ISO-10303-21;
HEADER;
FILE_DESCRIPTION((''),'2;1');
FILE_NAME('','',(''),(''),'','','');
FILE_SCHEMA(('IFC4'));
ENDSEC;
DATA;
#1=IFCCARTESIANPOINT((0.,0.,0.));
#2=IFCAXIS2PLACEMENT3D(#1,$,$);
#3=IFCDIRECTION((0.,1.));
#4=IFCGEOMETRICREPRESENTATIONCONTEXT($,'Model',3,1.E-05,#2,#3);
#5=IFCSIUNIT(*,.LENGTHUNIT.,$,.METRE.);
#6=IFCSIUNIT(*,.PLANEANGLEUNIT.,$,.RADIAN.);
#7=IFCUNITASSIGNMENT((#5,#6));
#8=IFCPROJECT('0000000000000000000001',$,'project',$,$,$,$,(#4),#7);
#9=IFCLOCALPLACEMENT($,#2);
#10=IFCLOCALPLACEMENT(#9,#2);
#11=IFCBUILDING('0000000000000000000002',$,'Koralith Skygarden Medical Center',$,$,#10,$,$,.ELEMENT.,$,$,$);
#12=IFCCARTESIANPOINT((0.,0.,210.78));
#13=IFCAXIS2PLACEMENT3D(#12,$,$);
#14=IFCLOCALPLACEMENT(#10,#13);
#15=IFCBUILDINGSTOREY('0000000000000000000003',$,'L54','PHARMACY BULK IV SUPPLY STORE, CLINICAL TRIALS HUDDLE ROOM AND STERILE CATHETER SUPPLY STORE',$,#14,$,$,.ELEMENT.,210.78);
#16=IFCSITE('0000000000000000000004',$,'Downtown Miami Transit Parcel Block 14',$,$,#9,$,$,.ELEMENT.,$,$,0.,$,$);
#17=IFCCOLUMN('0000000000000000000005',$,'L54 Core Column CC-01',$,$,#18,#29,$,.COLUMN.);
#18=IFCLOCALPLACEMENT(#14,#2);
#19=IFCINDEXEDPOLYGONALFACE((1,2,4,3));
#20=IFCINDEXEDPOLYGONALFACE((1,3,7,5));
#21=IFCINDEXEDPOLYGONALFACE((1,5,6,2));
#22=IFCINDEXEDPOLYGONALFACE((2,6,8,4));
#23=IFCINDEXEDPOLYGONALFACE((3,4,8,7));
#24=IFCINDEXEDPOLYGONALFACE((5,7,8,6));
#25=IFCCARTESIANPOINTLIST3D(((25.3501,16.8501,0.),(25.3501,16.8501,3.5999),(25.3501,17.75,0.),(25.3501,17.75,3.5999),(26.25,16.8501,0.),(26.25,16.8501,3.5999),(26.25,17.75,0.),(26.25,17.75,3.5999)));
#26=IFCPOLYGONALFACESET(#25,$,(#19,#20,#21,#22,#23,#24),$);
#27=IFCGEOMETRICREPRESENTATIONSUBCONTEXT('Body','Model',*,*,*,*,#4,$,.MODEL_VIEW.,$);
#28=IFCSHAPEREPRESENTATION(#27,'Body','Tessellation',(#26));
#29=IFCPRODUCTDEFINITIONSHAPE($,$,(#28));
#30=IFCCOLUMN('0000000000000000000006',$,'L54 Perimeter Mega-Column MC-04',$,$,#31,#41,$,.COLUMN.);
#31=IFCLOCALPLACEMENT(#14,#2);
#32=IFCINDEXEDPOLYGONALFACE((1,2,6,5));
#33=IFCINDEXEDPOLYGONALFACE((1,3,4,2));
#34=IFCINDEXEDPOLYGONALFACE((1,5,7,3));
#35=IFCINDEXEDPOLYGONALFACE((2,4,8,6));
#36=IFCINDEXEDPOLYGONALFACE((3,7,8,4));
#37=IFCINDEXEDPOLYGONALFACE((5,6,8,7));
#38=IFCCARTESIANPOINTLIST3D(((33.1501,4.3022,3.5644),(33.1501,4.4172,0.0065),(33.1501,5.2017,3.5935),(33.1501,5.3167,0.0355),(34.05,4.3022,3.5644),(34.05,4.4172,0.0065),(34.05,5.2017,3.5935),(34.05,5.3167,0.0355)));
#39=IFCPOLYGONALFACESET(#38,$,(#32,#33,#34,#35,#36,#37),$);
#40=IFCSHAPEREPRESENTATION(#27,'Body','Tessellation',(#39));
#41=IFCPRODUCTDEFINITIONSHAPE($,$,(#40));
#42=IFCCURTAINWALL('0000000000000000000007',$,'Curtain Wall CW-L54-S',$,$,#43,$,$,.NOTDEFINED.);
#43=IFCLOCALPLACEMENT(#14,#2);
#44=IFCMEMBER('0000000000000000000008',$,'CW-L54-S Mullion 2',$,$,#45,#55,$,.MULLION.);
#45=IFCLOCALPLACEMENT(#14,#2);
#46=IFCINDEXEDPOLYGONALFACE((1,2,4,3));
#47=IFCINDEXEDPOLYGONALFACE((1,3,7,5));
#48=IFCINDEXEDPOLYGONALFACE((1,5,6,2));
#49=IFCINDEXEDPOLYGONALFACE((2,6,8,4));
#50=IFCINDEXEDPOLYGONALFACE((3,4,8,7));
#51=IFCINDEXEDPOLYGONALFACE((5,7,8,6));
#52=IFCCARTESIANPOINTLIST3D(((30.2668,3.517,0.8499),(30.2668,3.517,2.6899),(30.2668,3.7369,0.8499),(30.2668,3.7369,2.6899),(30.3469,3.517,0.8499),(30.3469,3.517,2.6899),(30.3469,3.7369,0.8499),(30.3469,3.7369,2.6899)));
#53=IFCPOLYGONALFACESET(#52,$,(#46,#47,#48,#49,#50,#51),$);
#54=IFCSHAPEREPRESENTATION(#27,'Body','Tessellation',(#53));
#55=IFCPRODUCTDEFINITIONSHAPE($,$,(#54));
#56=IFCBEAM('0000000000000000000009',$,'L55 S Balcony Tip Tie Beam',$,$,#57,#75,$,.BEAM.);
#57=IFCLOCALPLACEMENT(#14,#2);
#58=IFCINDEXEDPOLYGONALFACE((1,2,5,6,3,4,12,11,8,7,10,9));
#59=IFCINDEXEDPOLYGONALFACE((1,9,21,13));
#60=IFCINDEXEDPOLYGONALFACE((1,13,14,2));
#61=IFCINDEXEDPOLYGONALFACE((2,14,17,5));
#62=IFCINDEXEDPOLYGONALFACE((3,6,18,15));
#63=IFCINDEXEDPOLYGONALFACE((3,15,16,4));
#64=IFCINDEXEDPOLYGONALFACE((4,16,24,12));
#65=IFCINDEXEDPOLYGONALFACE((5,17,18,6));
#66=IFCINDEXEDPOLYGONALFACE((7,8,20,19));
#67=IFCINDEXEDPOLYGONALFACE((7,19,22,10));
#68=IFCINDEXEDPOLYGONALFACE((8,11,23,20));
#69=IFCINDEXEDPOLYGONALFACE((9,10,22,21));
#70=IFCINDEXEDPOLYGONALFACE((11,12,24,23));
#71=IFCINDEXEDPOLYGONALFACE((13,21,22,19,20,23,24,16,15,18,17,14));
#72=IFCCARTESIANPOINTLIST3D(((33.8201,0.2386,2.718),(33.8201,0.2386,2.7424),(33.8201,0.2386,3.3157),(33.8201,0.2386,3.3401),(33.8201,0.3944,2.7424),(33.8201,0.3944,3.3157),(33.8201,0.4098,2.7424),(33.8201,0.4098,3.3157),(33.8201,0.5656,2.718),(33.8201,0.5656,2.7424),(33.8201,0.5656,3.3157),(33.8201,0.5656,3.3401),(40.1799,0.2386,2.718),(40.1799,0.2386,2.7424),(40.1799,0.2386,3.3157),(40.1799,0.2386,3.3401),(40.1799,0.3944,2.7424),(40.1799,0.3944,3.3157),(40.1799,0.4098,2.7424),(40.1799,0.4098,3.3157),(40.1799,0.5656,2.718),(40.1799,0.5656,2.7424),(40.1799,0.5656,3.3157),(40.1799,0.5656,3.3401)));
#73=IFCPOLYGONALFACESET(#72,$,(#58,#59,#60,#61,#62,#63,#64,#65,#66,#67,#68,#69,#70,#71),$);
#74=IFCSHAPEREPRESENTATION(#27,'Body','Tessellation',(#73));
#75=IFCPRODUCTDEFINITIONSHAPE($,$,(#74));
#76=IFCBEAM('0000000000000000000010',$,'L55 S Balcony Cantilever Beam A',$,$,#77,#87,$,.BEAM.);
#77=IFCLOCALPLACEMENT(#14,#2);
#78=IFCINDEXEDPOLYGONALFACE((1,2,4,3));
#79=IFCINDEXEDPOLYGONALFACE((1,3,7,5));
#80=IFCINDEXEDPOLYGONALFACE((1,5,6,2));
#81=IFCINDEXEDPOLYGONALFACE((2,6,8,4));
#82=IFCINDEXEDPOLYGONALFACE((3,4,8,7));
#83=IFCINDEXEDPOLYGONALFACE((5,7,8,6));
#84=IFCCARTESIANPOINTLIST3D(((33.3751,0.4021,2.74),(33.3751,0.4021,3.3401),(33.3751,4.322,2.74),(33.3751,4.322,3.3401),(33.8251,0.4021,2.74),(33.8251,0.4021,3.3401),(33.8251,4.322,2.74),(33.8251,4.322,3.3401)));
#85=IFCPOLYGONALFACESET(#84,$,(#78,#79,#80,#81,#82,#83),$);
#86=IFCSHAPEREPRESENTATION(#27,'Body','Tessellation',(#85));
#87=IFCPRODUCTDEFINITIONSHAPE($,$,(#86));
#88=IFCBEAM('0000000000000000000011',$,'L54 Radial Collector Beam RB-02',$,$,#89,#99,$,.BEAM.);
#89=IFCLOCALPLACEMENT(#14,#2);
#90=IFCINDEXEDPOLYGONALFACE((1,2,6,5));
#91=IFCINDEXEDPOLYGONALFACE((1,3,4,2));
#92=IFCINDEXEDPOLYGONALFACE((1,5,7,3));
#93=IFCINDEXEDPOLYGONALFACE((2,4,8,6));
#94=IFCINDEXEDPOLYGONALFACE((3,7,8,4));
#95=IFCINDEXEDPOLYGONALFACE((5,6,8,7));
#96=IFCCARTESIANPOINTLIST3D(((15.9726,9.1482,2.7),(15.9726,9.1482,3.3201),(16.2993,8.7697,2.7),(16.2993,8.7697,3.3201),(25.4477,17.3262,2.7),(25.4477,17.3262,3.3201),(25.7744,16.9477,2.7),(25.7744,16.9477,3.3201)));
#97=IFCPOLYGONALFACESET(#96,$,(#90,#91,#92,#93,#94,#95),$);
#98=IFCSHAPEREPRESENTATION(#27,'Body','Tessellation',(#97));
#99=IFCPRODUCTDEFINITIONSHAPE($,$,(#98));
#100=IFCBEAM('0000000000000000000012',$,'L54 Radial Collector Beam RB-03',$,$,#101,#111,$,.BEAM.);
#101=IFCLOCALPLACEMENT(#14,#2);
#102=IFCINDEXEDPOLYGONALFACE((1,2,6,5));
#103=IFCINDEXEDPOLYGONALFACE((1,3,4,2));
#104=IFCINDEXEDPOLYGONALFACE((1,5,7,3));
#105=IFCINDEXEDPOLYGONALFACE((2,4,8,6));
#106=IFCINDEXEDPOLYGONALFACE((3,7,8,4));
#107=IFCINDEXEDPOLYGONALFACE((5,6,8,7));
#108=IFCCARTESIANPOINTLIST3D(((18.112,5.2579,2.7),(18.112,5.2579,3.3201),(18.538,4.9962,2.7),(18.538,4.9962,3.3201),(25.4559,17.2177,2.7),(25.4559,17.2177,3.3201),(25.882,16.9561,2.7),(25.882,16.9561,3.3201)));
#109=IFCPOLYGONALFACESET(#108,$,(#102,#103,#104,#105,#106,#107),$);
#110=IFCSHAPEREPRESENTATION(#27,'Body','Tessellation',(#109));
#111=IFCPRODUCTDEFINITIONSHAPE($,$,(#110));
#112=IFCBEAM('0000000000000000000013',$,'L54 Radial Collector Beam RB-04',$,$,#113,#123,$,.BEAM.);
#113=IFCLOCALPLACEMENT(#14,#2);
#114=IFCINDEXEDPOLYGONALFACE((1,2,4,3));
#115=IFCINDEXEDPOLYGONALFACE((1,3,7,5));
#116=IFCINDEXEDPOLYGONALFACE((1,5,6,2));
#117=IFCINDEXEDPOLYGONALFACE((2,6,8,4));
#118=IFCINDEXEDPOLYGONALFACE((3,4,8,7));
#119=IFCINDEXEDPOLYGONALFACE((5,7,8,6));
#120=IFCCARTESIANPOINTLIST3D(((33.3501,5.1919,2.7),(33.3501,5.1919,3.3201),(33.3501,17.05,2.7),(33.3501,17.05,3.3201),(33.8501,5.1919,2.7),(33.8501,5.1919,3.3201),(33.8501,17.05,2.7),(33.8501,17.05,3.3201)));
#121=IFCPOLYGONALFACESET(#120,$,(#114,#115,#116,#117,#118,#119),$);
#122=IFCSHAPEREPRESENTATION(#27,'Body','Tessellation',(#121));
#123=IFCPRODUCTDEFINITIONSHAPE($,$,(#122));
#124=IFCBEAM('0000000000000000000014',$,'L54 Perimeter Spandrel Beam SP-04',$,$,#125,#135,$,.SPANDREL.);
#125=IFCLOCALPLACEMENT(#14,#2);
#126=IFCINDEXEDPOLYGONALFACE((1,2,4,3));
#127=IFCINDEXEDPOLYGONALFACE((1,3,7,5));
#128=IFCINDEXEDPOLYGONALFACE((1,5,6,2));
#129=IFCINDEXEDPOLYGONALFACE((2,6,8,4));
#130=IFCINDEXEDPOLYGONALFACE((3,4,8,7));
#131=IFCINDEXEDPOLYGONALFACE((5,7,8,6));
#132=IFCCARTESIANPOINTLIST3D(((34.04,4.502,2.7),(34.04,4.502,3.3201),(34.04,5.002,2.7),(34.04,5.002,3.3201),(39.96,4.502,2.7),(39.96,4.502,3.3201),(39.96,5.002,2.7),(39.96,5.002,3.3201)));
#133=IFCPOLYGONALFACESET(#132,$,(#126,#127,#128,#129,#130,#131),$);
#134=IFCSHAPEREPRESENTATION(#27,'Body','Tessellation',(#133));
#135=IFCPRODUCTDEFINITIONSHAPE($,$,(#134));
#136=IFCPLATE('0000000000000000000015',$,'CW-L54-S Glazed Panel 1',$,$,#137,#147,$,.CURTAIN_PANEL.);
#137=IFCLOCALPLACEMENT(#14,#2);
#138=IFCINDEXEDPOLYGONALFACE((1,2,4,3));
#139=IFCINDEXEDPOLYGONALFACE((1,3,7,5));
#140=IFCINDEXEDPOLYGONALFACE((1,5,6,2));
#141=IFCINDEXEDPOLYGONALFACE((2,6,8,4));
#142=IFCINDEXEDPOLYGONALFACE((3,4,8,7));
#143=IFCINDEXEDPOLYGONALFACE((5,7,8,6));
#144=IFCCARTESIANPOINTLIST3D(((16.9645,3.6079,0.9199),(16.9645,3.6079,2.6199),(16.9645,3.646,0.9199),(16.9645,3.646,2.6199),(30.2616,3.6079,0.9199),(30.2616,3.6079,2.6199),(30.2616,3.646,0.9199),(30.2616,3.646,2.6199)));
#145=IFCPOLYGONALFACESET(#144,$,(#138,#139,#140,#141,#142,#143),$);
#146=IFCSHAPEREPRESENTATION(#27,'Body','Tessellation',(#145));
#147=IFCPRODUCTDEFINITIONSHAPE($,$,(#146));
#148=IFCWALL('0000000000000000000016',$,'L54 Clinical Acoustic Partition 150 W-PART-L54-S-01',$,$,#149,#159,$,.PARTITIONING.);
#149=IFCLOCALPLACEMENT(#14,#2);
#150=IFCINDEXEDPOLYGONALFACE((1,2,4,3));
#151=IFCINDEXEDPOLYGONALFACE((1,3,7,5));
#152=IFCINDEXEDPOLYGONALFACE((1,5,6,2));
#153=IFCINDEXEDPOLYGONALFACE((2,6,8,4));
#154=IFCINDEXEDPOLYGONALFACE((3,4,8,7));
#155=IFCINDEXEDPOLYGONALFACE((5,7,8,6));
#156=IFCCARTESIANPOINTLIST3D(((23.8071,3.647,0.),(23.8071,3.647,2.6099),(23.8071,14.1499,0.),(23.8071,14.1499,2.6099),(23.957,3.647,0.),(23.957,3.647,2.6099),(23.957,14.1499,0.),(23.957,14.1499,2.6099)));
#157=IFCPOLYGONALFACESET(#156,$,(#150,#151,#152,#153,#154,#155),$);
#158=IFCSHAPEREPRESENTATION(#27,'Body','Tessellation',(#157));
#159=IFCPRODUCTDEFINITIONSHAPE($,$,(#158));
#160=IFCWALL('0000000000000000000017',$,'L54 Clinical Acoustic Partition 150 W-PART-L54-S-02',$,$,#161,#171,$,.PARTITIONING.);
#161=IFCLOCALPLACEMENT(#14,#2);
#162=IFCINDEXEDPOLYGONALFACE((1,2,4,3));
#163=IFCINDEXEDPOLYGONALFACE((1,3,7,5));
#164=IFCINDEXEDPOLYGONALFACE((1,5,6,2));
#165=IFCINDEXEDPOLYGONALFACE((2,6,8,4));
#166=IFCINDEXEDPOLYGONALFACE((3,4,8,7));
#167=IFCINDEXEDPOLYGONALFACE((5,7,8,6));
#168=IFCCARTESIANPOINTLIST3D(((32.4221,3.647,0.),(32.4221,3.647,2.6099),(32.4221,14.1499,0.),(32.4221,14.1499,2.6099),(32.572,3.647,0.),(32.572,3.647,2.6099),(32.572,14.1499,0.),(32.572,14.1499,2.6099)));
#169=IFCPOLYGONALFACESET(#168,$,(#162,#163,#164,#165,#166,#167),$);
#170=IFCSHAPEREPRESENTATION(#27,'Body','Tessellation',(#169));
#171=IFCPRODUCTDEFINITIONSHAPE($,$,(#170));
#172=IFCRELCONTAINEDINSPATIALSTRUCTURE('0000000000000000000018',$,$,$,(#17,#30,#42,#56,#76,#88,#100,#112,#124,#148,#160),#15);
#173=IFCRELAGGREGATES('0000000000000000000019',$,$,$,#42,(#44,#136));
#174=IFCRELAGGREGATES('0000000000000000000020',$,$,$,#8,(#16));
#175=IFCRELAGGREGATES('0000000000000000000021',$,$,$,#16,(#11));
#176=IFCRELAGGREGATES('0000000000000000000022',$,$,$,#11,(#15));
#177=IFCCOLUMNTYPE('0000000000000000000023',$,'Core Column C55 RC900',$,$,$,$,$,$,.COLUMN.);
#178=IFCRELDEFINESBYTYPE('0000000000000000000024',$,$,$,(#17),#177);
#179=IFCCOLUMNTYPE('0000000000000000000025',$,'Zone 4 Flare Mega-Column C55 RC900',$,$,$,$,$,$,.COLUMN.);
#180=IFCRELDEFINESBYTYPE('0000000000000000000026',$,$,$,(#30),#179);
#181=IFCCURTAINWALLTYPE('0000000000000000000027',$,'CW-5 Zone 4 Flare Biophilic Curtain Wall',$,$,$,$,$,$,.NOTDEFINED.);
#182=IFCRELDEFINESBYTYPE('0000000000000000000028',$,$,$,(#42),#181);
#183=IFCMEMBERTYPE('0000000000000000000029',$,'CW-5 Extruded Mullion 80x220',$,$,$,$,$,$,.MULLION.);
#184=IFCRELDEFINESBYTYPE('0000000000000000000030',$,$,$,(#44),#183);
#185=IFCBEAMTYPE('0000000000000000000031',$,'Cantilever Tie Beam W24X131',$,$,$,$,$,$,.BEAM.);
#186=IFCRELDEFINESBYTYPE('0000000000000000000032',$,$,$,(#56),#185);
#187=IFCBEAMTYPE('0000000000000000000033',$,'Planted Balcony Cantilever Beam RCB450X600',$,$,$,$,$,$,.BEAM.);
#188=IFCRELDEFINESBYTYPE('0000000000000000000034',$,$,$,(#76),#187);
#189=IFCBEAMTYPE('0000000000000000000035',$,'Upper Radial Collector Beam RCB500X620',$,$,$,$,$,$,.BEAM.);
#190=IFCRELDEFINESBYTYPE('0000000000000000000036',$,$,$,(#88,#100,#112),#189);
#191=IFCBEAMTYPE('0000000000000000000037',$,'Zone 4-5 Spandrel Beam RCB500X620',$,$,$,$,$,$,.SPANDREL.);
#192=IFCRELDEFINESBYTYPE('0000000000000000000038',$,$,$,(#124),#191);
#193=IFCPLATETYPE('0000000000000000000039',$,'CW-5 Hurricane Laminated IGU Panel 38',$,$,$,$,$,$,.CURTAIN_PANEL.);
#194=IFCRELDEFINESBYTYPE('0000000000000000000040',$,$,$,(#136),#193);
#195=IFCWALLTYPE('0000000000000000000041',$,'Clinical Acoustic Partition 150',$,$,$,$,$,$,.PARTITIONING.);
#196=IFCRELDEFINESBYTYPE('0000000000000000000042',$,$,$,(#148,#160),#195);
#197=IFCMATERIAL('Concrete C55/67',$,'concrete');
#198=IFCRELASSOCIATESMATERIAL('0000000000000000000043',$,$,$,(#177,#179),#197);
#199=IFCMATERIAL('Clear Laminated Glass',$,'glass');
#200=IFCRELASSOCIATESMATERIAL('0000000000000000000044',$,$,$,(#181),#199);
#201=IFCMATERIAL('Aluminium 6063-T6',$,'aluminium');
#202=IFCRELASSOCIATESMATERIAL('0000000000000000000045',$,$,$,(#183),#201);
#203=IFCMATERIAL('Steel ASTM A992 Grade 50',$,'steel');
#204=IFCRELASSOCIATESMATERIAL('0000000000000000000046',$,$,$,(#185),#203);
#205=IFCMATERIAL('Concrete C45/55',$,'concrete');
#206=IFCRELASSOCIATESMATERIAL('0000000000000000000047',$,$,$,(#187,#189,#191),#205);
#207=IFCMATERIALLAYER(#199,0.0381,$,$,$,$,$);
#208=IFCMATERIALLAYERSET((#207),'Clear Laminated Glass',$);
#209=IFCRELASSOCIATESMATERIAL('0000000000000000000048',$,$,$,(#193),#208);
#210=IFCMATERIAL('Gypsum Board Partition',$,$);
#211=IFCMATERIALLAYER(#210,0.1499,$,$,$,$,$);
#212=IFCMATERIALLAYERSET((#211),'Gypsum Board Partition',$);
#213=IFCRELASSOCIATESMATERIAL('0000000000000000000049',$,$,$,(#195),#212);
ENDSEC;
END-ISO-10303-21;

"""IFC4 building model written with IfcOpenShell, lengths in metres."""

from ifc_helpers import new_model, si_unit, direction, frame, frame_2d, origin, origin_2d, place, context, subcontext, project, spatial, rectangle, i_section, extrude, material, layer, layer_set, material_profile, profile_set, type_object, element, aggregate, save


model = new_model("IFC4")

# Units and contexts
model_context = context("Model", 3, precision=1e-05, world=origin(), true_north=direction((0.0, 1.0)))
body_context = subcontext(model_context, "Body", "Model", "MODEL_VIEW")
ifc_project = project(units=[si_unit("LENGTHUNIT", "METRE"), si_unit("PLANEANGLEUNIT", "RADIAN")], contexts=[model_context])

# Site, building, storey
site_placement = place(None, origin())
site = spatial("IfcSite", under=ifc_project, at=site_placement, Name="Downtown Miami Transit Parcel Block 14", CompositionType="ELEMENT", RefElevation=0.0)
building_placement = place(site_placement, origin())
building = spatial("IfcBuilding", under=site, at=building_placement, Name="Koralith Skygarden Medical Center", CompositionType="ELEMENT")
storey_placement = place(building_placement, frame((0.0, 0.0, 210.78)))
storey = spatial("IfcBuildingStorey", under=building, at=storey_placement, Name="L54", Description="PHARMACY BULK IV SUPPLY STORE, CLINICAL TRIALS HUDDLE ROOM AND STERILE CATHETER SUPPLY STORE", CompositionType="ELEMENT", Elevation=210.78)

# Columns
ifc_material_1 = material(Name="Concrete C55/67", Category="concrete")
ifc_material_profile_1 = material_profile(ifc_material_1, rectangle(XDim=0.8999, YDim=0.8999, at=origin_2d()), Name="RC900X900")
ifc_profile_set_1 = profile_set([ifc_material_profile_1], Name="Concrete C55/67")
column_type_1 = type_object("IfcColumnType", Name="Core Column C55 RC900", PredefinedType="COLUMN", material=ifc_profile_set_1)
column_1_placement = place(storey_placement, frame((25.8, 17.3, 0.0), z_axis=(0.0, 0.0, 1.0), x_axis=(1.0, 0.0, 0.0)))
element("IfcColumn", 1, at=column_1_placement, inside=storey, type_object=column_type_1, Name="L54 Core Column CC-01", PredefinedType="COLUMN", context=body_context, shape_type="SweptSolid", body=[
    extrude(rectangle(XDim=0.8999, YDim=0.8999, at=origin_2d()), origin(), (0.0, 0.0, 1.0), 3.5999),
])
ifc_material_profile_2 = material_profile(ifc_material_1, rectangle(XDim=0.8999, YDim=0.8999, at=origin_2d()), Name="RC900X900")
ifc_profile_set_2 = profile_set([ifc_material_profile_2], Name="Concrete C55/67")
column_type_2 = type_object("IfcColumnType", Name="Zone 4 Flare Mega-Column C55 RC900", PredefinedType="COLUMN", material=ifc_profile_set_2)
column_2_placement = place(storey_placement, frame((33.6001, 4.8669, 0.021), z_axis=(0.0, -0.032303, 0.999478), x_axis=(1.0, 0.0, 0.0)))
element("IfcColumn", 2, at=column_2_placement, inside=storey, type_object=column_type_2, Name="L54 Perimeter Mega-Column MC-04", PredefinedType="COLUMN", context=body_context, shape_type="SweptSolid", body=[
    extrude(rectangle(XDim=0.8999, YDim=0.8999, at=origin_2d()), origin(), (0.0, 0.0, 1.0), 3.5598),
])

# Curtain wall, member
ifc_material_2 = material(Name="Clear Laminated Glass", Category="glass")
curtain_wall_type = type_object("IfcCurtainWallType", Name="CW-5 Zone 4 Flare Biophilic Curtain Wall", PredefinedType="NOTDEFINED", material=ifc_material_2)
curtain_wall_placement = place(storey_placement, origin())
curtain_wall = element("IfcCurtainWall", 3, at=curtain_wall_placement, inside=storey, type_object=curtain_wall_type, Name="Curtain Wall CW-L54-S", PredefinedType="NOTDEFINED")
ifc_material_3 = material(Name="Aluminium 6063-T6", Category="aluminium")
ifc_material_profile_3 = material_profile(ifc_material_3, rectangle(XDim=0.0801, YDim=0.22, at=origin_2d()), Name="MUL80X220")
ifc_profile_set_3 = profile_set([ifc_material_profile_3], Name="Aluminium 6063-T6")
member_type = type_object("IfcMemberType", Name="CW-5 Extruded Mullion 80x220", PredefinedType="MULLION", material=ifc_profile_set_3)
member_placement = place(storey_placement, frame((30.3069, 3.627, 0.8499), z_axis=(0.0, 0.0, 1.0), x_axis=(1.0, 0.0, 0.0)))
member = element("IfcMember", 4, at=member_placement, type_object=member_type, Name="CW-L54-S Mullion 2", PredefinedType="MULLION", context=body_context, shape_type="SweptSolid", body=[
    extrude(rectangle(XDim=0.0801, YDim=0.22, at=origin_2d()), origin(), (0.0, 0.0, 1.0), 1.8401),
])

# Beams
ifc_material_4 = material(Name="Steel ASTM A992 Grade 50", Category="steel")
ifc_material_profile_4 = material_profile(ifc_material_4, i_section(OverallWidth=0.3269, OverallDepth=0.6221, WebThickness=0.0154, FlangeThickness=0.0244, at=origin_2d()), Name="W24X131")
ifc_profile_set_4 = profile_set([ifc_material_profile_4], Name="Steel ASTM A992 Grade 50")
beam_type_1 = type_object("IfcBeamType", Name="Cantilever Tie Beam W24X131", PredefinedType="BEAM", material=ifc_profile_set_4)
beam_1_placement = place(storey_placement, frame((33.8201, 0.4021, 3.0291), z_axis=(1.0, 0.0, 0.0), x_axis=(0.0, 1.0, 0.0)))
element("IfcBeam", 5, at=beam_1_placement, inside=storey, type_object=beam_type_1, Name="L55 S Balcony Tip Tie Beam", PredefinedType="BEAM", context=body_context, shape_type="SweptSolid", body=[
    extrude(i_section(OverallWidth=0.3269, OverallDepth=0.6221, WebThickness=0.0154, FlangeThickness=0.0244, at=origin_2d()), origin(), (0.0, 0.0, 1.0), 6.3599),
])
ifc_material_5 = material(Name="Concrete C45/55", Category="concrete")
ifc_material_profile_5 = material_profile(ifc_material_5, rectangle(XDim=0.45, YDim=0.6001, at=origin_2d()), Name="RCB450X600")
ifc_profile_set_5 = profile_set([ifc_material_profile_5], Name="Concrete C45/55")
beam_type_2 = type_object("IfcBeamType", Name="Planted Balcony Cantilever Beam RCB450X600", PredefinedType="BEAM", material=ifc_profile_set_5)
beam_2_placement = place(storey_placement, frame((33.6001, 4.322, 3.04), z_axis=(0.0, -1.0, 0.0), x_axis=(1.0, 0.0, 0.0)))
element("IfcBeam", 6, at=beam_2_placement, inside=storey, type_object=beam_type_2, Name="L55 S Balcony Cantilever Beam A", PredefinedType="BEAM", context=body_context, shape_type="SweptSolid", body=[
    extrude(rectangle(XDim=0.45, YDim=0.6001, at=origin_2d()), origin(), (0.0, 0.0, 1.0), 3.9199),
])
ifc_material_profile_6 = material_profile(ifc_material_5, rectangle(XDim=0.5, YDim=0.6201, at=origin_2d()), Name="RCB500X620")
ifc_profile_set_6 = profile_set([ifc_material_profile_6], Name="Concrete C45/55")
beam_type_3 = type_object("IfcBeamType", Name="Upper Radial Collector Beam RCB500X620", PredefinedType="BEAM", material=ifc_profile_set_6)
beam_3_placement = place(storey_placement, frame((25.6111, 17.137, 3.01), z_axis=(-0.757023, -0.653388, 0.0), x_axis=(0.653388, -0.757023, 0.0)))
element("IfcBeam", 7, at=beam_3_placement, inside=storey, type_object=beam_type_3, Name="L54 Radial Collector Beam RB-02", PredefinedType="BEAM", context=body_context, shape_type="SweptSolid", body=[
    extrude(rectangle(XDim=0.5, YDim=0.6201, at=origin_2d()), origin(), (0.0, 0.0, 1.0), 12.5164),
])
beam_4_placement = place(storey_placement, frame((25.6689, 17.0869, 3.01), z_axis=(-0.523271, -0.852166, 0.0), x_axis=(0.852166, -0.523271, 0.0)))
element("IfcBeam", 8, at=beam_4_placement, inside=storey, type_object=beam_type_3, Name="L54 Radial Collector Beam RB-03", PredefinedType="BEAM", context=body_context, shape_type="SweptSolid", body=[
    extrude(rectangle(XDim=0.5, YDim=0.6201, at=origin_2d()), origin(), (0.0, 0.0, 1.0), 14.0347),
])
beam_5_placement = place(storey_placement, frame((33.6001, 17.05, 3.01), z_axis=(0.0, -1.0, 0.0), x_axis=(1.0, 0.0, 0.0)))
element("IfcBeam", 9, at=beam_5_placement, inside=storey, type_object=beam_type_3, Name="L54 Radial Collector Beam RB-04", PredefinedType="BEAM", context=body_context, shape_type="SweptSolid", body=[
    extrude(rectangle(XDim=0.5, YDim=0.6201, at=origin_2d()), origin(), (0.0, 0.0, 1.0), 11.8582),
])
ifc_material_profile_7 = material_profile(ifc_material_5, rectangle(XDim=0.5, YDim=0.6201, at=origin_2d()), Name="RCB500X620")
ifc_profile_set_7 = profile_set([ifc_material_profile_7], Name="Concrete C45/55")
beam_type_4 = type_object("IfcBeamType", Name="Zone 4-5 Spandrel Beam RCB500X620", PredefinedType="SPANDREL", material=ifc_profile_set_7)
beam_6_placement = place(storey_placement, frame((34.04, 4.752, 3.01), z_axis=(1.0, 0.0, 0.0), x_axis=(0.0, 1.0, 0.0)))
element("IfcBeam", 10, at=beam_6_placement, inside=storey, type_object=beam_type_4, Name="L54 Perimeter Spandrel Beam SP-04", PredefinedType="SPANDREL", context=body_context, shape_type="SweptSolid", body=[
    extrude(rectangle(XDim=0.5, YDim=0.6201, at=origin_2d()), origin(), (0.0, 0.0, 1.0), 5.9199),
])

# Plate
ifc_layer_1 = layer(ifc_material_2, 0.0381)
ifc_layer_set_1 = layer_set([ifc_layer_1], Name="Clear Laminated Glass")
plate_type = type_object("IfcPlateType", Name="CW-5 Hurricane Laminated IGU Panel 38", PredefinedType="CURTAIN_PANEL", material=ifc_layer_set_1)
plate_placement = place(storey_placement, frame((23.613, 3.627, 0.9199), z_axis=(0.0, 0.0, 1.0), x_axis=(1.0, 0.0, 0.0)))
plate = element("IfcPlate", 11, at=plate_placement, type_object=plate_type, Name="CW-L54-S Glazed Panel 1", PredefinedType="CURTAIN_PANEL", context=body_context, shape_type="SweptSolid", body=[
    extrude(rectangle(XDim=13.2971, YDim=0.0381, at=origin_2d()), origin(), (0.0, 0.0, 1.0), 1.7),
])
aggregate(curtain_wall, [member, plate])

# Walls
ifc_material_6 = material(Name="Gypsum Board Partition")
ifc_layer_2 = layer(ifc_material_6, 0.1499)
ifc_layer_set_2 = layer_set([ifc_layer_2], Name="Gypsum Board Partition")
wall_type_1 = type_object("IfcWallType", Name="Clinical Acoustic Partition 150", PredefinedType="PARTITIONING", material=ifc_layer_set_2)
for number, where, z_axis, x_axis, name in (
    (12, (23.8821, 14.1499, 0.0), (0.0, 0.0, 1.0), (0.0, -1.0, 0.0), "L54 Clinical Acoustic Partition 150 W-PART-L54-S-01"),
    (13, (32.4971, 14.1499, 0.0), (0.0, 0.0, 1.0), (0.0, -1.0, 0.0), "L54 Clinical Acoustic Partition 150 W-PART-L54-S-02"),
):
    element("IfcWall", number, at=place(storey_placement, frame(where, z_axis=z_axis, x_axis=x_axis)), inside=storey, type_object=wall_type_1, Name=name, PredefinedType="PARTITIONING", context=body_context, shape_type="SweptSolid", body=[
        extrude(rectangle(XDim=10.5029, YDim=0.1499, at=frame_2d((5.2515, 0.0))), origin(), (0.0, 0.0, 1.0), 2.6099),
    ])

save(model, "model.ifc")
